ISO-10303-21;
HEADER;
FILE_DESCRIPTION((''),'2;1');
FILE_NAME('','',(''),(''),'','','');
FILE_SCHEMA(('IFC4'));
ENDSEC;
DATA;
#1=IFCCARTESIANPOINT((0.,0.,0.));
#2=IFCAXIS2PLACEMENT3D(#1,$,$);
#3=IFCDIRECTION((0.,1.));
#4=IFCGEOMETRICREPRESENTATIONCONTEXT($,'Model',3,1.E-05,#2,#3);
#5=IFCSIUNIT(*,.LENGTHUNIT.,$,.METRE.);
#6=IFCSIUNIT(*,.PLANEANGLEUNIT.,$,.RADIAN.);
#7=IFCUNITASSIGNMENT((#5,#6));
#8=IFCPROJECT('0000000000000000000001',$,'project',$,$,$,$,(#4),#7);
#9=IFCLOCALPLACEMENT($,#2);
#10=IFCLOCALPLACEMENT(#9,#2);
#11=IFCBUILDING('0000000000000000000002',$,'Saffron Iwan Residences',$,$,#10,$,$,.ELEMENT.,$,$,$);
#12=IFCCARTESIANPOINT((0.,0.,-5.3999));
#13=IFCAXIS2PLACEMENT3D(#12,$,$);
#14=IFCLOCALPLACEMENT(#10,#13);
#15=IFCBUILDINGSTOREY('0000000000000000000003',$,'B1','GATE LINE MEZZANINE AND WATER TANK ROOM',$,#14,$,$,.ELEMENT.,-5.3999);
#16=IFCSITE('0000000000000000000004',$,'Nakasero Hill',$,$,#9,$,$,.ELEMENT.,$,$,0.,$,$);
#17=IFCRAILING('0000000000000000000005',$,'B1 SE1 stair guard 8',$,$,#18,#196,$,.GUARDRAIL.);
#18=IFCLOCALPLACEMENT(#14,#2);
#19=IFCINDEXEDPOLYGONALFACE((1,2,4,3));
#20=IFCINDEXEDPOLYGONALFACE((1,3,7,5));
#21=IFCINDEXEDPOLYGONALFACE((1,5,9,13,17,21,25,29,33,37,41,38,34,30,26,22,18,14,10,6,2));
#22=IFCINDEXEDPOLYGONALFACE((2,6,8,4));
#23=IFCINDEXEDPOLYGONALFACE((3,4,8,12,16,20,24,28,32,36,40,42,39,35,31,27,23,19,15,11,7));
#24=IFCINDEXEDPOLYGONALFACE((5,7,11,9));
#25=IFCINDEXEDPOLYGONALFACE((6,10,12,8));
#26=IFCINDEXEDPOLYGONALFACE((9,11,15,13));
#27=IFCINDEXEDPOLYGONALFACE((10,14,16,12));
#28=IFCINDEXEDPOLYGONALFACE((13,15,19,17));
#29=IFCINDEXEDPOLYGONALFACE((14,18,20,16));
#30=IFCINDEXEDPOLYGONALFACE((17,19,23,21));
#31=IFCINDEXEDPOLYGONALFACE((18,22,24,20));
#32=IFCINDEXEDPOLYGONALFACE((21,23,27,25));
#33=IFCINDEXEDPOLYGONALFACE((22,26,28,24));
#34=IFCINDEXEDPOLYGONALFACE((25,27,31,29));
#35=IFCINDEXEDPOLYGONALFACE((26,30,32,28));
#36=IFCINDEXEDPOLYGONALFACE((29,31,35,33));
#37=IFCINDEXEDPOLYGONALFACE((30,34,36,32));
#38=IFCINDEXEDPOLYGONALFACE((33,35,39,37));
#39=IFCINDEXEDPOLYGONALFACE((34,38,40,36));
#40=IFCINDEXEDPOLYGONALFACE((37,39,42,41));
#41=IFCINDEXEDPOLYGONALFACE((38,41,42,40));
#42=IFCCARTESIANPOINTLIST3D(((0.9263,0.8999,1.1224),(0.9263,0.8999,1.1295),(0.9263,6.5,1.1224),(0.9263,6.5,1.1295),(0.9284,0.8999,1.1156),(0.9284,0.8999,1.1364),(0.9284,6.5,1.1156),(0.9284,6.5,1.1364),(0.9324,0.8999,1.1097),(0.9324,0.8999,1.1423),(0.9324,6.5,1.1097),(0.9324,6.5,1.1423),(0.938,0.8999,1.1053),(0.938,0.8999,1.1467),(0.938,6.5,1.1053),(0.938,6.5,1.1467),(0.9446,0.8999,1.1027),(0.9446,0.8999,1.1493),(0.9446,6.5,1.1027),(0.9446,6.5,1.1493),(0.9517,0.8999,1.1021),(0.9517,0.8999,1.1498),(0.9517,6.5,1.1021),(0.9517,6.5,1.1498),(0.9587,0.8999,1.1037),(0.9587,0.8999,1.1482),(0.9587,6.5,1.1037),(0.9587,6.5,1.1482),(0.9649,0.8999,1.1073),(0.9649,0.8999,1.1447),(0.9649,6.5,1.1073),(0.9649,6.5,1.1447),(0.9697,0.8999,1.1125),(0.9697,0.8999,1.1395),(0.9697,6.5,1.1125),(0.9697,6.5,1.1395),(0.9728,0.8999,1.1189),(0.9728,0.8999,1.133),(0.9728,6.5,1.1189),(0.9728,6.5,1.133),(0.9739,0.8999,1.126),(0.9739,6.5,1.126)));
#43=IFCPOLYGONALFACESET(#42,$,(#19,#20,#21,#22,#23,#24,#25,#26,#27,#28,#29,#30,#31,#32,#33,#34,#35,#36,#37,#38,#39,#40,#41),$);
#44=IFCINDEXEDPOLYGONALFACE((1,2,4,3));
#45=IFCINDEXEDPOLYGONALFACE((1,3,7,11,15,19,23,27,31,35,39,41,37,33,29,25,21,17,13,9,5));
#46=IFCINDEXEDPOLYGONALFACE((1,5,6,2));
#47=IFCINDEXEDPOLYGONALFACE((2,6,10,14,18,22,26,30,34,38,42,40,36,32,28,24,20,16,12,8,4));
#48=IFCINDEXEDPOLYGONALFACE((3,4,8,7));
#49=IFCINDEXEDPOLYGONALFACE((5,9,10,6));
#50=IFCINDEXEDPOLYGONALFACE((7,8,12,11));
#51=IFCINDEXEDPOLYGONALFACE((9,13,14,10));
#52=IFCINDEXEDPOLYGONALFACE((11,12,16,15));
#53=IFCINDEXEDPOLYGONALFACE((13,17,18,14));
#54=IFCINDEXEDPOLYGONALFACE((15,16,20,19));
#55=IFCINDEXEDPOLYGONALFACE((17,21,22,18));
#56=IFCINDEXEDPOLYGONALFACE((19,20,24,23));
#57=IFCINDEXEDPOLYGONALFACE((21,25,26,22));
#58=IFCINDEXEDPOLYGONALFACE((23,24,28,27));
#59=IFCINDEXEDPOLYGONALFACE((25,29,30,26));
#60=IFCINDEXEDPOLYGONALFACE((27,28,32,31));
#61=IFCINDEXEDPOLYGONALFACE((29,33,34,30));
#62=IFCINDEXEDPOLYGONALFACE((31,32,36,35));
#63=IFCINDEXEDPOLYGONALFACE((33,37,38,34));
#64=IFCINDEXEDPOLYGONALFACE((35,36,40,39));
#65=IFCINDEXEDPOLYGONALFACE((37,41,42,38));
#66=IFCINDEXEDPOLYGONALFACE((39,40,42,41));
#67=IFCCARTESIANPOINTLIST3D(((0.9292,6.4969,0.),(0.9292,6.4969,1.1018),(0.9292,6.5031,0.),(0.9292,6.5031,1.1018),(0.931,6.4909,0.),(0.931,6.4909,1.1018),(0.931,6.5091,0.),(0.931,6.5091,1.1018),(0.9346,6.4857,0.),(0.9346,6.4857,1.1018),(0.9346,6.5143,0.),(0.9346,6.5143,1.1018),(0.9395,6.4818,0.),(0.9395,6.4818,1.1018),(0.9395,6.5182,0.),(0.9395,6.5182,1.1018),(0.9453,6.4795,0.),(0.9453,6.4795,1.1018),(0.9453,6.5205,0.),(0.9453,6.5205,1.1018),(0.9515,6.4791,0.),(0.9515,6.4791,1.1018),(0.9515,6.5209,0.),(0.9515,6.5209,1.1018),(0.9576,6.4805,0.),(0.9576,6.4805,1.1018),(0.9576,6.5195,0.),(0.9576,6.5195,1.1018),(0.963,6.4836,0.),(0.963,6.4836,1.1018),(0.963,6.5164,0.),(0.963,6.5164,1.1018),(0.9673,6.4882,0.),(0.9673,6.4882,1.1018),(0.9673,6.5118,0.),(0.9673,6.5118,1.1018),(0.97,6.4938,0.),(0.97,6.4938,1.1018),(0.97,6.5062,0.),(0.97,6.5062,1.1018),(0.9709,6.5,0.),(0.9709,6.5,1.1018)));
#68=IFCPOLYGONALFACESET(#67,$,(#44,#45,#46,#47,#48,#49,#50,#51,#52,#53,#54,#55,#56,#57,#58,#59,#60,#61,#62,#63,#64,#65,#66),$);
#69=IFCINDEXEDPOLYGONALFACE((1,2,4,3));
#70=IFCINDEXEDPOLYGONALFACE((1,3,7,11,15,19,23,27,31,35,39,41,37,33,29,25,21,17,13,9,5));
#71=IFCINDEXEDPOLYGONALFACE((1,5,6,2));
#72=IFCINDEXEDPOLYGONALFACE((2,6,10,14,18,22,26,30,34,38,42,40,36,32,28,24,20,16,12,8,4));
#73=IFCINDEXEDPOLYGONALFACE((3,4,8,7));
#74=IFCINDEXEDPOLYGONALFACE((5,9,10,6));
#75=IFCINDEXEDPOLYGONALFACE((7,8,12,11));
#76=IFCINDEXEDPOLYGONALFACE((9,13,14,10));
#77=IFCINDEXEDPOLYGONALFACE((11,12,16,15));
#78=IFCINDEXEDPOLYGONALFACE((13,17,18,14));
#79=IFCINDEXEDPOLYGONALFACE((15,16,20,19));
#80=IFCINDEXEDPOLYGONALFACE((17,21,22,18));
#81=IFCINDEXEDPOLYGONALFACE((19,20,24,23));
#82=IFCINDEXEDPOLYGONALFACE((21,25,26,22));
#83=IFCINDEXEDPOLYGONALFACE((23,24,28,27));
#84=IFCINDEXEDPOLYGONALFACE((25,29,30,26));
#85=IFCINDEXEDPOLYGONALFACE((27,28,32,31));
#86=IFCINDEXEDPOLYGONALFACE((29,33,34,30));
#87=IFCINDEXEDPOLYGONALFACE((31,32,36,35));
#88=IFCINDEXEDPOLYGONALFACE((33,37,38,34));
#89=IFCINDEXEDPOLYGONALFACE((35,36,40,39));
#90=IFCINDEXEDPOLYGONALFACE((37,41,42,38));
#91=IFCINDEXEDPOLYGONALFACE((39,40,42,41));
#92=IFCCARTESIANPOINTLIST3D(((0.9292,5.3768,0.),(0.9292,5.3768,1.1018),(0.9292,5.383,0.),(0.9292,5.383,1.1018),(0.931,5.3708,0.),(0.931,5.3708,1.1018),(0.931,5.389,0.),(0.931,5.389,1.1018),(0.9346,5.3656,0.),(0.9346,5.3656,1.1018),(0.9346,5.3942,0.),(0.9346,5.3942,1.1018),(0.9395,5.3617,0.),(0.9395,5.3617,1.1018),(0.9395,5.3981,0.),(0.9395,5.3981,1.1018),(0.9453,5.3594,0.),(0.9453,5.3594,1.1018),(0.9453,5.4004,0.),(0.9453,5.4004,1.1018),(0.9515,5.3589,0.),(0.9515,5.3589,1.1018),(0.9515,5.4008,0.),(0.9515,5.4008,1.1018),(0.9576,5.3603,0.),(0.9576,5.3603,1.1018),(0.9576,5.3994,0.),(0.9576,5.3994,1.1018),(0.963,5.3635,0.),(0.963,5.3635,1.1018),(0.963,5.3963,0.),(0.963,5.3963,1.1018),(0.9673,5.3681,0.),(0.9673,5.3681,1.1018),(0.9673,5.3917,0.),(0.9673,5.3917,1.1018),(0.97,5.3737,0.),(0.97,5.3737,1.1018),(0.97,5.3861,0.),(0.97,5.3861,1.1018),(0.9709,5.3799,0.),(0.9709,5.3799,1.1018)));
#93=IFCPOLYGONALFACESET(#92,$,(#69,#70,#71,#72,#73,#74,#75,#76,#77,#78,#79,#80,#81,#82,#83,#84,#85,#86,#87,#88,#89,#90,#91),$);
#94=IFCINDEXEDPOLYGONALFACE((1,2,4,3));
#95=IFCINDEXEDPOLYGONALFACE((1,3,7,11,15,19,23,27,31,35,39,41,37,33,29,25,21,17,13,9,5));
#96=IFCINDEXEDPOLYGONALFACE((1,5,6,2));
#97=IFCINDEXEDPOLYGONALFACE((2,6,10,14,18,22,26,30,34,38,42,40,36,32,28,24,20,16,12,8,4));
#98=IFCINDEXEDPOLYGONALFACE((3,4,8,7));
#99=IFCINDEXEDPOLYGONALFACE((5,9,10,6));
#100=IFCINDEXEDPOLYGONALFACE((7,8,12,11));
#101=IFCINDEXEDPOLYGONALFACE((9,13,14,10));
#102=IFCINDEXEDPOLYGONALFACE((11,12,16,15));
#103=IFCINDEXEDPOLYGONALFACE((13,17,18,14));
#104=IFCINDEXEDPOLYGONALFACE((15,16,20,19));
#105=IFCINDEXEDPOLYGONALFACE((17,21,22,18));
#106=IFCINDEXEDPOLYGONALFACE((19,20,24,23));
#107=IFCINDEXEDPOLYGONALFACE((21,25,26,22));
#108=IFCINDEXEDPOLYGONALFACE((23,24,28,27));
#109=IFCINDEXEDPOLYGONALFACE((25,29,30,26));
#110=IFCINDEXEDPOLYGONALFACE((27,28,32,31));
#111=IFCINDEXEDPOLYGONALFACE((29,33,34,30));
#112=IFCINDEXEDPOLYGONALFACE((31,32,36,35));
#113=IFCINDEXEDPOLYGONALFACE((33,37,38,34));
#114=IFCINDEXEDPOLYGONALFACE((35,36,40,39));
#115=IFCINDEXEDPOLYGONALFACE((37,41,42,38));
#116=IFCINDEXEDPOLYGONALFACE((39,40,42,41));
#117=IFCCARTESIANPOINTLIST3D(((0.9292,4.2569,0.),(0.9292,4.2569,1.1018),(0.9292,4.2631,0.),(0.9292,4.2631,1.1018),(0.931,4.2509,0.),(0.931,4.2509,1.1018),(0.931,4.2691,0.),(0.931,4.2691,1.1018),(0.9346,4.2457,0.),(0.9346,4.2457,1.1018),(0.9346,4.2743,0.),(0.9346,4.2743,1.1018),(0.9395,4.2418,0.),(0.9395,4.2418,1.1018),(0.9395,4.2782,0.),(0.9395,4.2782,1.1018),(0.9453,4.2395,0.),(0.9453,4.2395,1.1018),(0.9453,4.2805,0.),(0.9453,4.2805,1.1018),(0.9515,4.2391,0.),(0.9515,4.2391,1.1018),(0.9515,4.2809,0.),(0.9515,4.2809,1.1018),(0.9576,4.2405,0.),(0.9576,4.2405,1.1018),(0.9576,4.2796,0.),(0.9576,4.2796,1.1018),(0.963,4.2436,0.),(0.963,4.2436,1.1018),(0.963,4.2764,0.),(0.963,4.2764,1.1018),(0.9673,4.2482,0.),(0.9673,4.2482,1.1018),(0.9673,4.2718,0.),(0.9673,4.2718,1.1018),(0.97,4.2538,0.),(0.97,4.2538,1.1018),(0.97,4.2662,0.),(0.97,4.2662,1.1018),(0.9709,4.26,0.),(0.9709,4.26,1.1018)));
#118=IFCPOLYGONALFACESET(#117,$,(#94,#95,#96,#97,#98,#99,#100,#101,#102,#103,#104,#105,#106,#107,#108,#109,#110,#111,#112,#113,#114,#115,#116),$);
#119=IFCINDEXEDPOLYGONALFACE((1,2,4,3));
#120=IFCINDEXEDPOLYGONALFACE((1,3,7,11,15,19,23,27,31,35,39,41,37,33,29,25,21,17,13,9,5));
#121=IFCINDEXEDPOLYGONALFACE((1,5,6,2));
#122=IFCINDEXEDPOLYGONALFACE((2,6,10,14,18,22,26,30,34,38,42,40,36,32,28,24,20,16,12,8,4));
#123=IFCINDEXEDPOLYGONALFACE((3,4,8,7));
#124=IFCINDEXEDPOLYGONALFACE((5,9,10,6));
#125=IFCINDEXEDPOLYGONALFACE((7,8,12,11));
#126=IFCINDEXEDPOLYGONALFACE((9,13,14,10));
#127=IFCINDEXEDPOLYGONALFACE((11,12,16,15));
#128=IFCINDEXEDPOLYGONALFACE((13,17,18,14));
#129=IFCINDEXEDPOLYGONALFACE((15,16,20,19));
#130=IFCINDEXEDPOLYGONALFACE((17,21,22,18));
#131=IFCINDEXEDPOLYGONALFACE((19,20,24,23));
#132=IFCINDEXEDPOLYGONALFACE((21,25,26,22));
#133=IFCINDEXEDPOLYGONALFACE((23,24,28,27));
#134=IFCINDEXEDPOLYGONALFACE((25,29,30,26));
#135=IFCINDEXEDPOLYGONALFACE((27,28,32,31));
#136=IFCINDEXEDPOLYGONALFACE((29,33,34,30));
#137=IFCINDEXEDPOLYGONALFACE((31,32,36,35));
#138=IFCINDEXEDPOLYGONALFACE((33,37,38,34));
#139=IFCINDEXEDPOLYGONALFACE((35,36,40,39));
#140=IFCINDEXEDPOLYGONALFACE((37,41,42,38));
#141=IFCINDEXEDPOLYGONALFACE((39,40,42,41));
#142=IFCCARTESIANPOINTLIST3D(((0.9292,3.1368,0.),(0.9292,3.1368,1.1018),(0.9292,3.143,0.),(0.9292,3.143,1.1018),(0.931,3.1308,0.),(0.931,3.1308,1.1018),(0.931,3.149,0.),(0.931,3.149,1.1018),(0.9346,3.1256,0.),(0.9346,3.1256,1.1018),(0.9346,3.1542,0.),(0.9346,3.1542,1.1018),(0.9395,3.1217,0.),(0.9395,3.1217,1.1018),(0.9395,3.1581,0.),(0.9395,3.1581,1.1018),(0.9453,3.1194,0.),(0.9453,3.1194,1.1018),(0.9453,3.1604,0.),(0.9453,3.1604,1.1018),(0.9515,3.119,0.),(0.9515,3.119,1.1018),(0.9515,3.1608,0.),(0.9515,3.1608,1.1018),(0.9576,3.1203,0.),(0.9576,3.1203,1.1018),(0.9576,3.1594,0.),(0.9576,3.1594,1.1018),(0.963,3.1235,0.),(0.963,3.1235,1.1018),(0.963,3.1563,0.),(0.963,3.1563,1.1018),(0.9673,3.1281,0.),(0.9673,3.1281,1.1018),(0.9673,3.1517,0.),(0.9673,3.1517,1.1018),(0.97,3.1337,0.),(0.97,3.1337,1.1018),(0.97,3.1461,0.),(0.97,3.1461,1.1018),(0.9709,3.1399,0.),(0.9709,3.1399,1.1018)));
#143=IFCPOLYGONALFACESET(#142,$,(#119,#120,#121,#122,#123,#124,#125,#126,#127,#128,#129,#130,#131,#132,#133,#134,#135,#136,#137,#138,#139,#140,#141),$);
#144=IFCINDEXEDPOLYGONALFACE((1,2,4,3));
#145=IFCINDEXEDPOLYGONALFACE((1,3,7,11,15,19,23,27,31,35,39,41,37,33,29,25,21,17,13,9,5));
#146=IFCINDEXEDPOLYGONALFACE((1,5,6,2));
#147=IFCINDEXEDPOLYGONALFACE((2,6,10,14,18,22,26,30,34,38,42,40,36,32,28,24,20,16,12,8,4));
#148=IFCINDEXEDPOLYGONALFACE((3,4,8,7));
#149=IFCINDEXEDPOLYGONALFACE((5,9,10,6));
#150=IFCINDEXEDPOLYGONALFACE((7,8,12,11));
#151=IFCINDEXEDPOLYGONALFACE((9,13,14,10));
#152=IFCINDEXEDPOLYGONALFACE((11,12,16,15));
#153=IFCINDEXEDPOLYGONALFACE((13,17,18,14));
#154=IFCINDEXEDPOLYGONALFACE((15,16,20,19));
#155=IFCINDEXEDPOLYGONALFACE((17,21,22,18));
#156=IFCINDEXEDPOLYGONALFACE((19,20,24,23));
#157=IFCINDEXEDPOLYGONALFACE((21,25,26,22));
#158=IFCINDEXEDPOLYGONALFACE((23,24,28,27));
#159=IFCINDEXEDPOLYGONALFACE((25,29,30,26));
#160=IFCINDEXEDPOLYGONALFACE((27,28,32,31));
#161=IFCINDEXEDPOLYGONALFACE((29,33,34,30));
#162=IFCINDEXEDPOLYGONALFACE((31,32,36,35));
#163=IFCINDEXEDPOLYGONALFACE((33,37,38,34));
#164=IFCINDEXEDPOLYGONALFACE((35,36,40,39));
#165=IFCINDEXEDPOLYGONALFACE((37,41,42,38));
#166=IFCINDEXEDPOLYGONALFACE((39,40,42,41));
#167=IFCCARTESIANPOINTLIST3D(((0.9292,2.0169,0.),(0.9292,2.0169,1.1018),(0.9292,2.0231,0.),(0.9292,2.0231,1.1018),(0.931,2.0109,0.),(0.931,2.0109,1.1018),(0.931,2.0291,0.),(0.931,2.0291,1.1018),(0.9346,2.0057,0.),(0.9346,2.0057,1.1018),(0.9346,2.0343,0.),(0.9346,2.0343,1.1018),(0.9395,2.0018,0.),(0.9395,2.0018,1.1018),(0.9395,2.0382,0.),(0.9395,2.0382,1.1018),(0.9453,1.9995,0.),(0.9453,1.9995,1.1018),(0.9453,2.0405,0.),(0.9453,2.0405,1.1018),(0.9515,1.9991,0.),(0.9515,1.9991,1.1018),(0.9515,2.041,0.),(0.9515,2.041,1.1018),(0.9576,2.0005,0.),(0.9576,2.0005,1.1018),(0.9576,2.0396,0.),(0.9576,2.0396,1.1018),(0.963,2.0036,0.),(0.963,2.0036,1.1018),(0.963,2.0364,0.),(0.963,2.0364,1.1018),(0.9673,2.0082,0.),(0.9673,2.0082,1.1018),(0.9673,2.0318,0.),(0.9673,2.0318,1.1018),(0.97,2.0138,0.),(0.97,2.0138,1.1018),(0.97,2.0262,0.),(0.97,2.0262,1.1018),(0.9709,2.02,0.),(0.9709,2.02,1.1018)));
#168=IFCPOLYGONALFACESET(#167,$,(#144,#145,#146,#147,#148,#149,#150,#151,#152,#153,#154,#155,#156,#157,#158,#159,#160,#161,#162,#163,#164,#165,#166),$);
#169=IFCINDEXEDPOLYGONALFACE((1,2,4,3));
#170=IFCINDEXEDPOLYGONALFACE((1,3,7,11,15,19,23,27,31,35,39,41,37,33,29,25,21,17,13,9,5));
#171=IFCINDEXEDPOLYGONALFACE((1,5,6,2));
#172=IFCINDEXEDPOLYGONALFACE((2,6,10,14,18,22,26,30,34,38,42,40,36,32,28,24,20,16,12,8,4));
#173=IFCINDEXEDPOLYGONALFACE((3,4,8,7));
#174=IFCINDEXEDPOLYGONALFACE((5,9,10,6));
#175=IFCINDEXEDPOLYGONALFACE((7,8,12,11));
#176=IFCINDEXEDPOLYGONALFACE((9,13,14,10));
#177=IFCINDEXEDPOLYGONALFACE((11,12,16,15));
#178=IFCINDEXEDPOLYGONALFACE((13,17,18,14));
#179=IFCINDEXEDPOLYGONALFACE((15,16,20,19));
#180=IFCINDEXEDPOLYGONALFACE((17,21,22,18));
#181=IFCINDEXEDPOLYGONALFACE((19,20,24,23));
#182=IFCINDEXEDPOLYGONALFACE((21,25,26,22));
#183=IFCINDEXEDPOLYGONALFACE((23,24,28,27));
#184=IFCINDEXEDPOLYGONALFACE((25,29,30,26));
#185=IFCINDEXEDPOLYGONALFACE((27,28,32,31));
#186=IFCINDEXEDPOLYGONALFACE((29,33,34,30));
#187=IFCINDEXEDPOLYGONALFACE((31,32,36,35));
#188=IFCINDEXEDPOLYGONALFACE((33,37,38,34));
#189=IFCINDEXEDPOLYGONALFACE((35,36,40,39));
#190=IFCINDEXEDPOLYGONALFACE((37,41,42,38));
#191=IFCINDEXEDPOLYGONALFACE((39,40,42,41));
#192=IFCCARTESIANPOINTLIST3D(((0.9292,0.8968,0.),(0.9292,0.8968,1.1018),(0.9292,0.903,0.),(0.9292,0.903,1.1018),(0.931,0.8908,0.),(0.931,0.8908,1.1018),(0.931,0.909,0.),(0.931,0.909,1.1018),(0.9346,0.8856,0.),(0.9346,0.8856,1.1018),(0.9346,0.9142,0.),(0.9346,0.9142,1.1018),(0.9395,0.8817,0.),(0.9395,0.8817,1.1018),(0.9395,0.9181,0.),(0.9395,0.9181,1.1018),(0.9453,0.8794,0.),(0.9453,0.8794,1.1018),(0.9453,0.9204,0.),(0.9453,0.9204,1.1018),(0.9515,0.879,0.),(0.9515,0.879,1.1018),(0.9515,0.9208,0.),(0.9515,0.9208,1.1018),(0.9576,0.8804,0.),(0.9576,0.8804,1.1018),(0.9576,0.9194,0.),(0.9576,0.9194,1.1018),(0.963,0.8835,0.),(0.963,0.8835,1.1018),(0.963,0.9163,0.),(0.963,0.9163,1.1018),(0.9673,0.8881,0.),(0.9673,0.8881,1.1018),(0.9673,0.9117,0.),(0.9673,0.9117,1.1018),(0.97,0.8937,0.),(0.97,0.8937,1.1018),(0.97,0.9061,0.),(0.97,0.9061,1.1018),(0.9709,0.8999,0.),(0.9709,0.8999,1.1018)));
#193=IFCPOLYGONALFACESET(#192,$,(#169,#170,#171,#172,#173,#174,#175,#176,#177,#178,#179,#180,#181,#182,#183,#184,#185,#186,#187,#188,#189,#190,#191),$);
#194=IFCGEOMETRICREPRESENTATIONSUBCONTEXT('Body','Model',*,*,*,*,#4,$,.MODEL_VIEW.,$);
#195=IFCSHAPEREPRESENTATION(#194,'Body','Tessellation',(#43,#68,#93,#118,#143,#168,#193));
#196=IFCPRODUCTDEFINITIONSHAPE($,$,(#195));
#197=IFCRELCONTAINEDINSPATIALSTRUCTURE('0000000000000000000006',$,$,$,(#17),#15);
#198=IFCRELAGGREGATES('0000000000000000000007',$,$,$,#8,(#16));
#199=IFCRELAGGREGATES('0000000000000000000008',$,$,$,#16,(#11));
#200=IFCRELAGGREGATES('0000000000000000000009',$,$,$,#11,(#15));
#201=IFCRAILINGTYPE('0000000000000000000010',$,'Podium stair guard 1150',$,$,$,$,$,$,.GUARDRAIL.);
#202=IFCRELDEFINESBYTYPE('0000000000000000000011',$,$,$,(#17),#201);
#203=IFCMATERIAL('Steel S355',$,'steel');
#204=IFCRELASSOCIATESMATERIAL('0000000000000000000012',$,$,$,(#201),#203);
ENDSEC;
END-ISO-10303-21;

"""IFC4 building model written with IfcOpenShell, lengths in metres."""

from ifc_helpers import new_model, si_unit, direction, frame, origin, origin_2d, place, context, subcontext, project, spatial, circle, extrude, material, type_object, element, save


model = new_model("IFC4")

# Units and contexts
model_context = context("Model", 3, precision=1e-05, world=origin(), true_north=direction((0.0, 1.0)))
body_context = subcontext(model_context, "Body", "Model", "MODEL_VIEW")
ifc_project = project(units=[si_unit("LENGTHUNIT", "METRE"), si_unit("PLANEANGLEUNIT", "RADIAN")], contexts=[model_context])

# Site, building, storey
site_placement = place(None, origin())
site = spatial("IfcSite", under=ifc_project, at=site_placement, Name="Nakasero Hill", CompositionType="ELEMENT", RefElevation=0.0)
building_placement = place(site_placement, origin())
building = spatial("IfcBuilding", under=site, at=building_placement, Name="Saffron Iwan Residences", CompositionType="ELEMENT")
storey_placement = place(building_placement, frame((0.0, 0.0, -5.3999)))
storey = spatial("IfcBuildingStorey", under=building, at=storey_placement, Name="B1", Description="GATE LINE MEZZANINE AND WATER TANK ROOM", CompositionType="ELEMENT", Elevation=-5.3999)

# Railing
ifc_material_1 = material(Name="Steel S355", Category="steel")
railing_type_1 = type_object("IfcRailingType", Name="Podium stair guard 1150", PredefinedType="GUARDRAIL", material=ifc_material_1)
railing_1_placement = place(storey_placement, frame((0.95, 6.5, 0.0)))
element("IfcRailing", 1, at=railing_1_placement, inside=storey, type_object=railing_type_1, Name="B1 SE1 stair guard 8", PredefinedType="GUARDRAIL", context=body_context, shape_type="SweptSolid", body=[
    extrude(circle(Radius=0.0239, at=origin_2d()), frame((0.0, 0.0, 1.126), z_axis=(0.0, -1.0, 0.0), x_axis=(1.0, 0.0, 0.0)), (0.0, 0.0, 1.0), 5.6001),
    extrude(circle(Radius=0.021, at=origin_2d()), origin(), (0.0, 0.0, 1.0), 1.1018),
    extrude(circle(Radius=0.021, at=origin_2d()), frame((0.0, -1.1201, 0.0)), (0.0, 0.0, 1.0), 1.1018),
    extrude(circle(Radius=0.021, at=origin_2d()), frame((0.0, -2.24, 0.0)), (0.0, 0.0, 1.0), 1.1018),
    extrude(circle(Radius=0.021, at=origin_2d()), frame((0.0, -3.3601, 0.0)), (0.0, 0.0, 1.0), 1.1018),
    extrude(circle(Radius=0.021, at=origin_2d()), frame((0.0, -4.48, 0.0)), (0.0, 0.0, 1.0), 1.1018),
    extrude(circle(Radius=0.021, at=origin_2d()), frame((0.0, -5.6001, 0.0)), (0.0, 0.0, 1.0), 1.1018),
])

save(model, "model.ifc")
